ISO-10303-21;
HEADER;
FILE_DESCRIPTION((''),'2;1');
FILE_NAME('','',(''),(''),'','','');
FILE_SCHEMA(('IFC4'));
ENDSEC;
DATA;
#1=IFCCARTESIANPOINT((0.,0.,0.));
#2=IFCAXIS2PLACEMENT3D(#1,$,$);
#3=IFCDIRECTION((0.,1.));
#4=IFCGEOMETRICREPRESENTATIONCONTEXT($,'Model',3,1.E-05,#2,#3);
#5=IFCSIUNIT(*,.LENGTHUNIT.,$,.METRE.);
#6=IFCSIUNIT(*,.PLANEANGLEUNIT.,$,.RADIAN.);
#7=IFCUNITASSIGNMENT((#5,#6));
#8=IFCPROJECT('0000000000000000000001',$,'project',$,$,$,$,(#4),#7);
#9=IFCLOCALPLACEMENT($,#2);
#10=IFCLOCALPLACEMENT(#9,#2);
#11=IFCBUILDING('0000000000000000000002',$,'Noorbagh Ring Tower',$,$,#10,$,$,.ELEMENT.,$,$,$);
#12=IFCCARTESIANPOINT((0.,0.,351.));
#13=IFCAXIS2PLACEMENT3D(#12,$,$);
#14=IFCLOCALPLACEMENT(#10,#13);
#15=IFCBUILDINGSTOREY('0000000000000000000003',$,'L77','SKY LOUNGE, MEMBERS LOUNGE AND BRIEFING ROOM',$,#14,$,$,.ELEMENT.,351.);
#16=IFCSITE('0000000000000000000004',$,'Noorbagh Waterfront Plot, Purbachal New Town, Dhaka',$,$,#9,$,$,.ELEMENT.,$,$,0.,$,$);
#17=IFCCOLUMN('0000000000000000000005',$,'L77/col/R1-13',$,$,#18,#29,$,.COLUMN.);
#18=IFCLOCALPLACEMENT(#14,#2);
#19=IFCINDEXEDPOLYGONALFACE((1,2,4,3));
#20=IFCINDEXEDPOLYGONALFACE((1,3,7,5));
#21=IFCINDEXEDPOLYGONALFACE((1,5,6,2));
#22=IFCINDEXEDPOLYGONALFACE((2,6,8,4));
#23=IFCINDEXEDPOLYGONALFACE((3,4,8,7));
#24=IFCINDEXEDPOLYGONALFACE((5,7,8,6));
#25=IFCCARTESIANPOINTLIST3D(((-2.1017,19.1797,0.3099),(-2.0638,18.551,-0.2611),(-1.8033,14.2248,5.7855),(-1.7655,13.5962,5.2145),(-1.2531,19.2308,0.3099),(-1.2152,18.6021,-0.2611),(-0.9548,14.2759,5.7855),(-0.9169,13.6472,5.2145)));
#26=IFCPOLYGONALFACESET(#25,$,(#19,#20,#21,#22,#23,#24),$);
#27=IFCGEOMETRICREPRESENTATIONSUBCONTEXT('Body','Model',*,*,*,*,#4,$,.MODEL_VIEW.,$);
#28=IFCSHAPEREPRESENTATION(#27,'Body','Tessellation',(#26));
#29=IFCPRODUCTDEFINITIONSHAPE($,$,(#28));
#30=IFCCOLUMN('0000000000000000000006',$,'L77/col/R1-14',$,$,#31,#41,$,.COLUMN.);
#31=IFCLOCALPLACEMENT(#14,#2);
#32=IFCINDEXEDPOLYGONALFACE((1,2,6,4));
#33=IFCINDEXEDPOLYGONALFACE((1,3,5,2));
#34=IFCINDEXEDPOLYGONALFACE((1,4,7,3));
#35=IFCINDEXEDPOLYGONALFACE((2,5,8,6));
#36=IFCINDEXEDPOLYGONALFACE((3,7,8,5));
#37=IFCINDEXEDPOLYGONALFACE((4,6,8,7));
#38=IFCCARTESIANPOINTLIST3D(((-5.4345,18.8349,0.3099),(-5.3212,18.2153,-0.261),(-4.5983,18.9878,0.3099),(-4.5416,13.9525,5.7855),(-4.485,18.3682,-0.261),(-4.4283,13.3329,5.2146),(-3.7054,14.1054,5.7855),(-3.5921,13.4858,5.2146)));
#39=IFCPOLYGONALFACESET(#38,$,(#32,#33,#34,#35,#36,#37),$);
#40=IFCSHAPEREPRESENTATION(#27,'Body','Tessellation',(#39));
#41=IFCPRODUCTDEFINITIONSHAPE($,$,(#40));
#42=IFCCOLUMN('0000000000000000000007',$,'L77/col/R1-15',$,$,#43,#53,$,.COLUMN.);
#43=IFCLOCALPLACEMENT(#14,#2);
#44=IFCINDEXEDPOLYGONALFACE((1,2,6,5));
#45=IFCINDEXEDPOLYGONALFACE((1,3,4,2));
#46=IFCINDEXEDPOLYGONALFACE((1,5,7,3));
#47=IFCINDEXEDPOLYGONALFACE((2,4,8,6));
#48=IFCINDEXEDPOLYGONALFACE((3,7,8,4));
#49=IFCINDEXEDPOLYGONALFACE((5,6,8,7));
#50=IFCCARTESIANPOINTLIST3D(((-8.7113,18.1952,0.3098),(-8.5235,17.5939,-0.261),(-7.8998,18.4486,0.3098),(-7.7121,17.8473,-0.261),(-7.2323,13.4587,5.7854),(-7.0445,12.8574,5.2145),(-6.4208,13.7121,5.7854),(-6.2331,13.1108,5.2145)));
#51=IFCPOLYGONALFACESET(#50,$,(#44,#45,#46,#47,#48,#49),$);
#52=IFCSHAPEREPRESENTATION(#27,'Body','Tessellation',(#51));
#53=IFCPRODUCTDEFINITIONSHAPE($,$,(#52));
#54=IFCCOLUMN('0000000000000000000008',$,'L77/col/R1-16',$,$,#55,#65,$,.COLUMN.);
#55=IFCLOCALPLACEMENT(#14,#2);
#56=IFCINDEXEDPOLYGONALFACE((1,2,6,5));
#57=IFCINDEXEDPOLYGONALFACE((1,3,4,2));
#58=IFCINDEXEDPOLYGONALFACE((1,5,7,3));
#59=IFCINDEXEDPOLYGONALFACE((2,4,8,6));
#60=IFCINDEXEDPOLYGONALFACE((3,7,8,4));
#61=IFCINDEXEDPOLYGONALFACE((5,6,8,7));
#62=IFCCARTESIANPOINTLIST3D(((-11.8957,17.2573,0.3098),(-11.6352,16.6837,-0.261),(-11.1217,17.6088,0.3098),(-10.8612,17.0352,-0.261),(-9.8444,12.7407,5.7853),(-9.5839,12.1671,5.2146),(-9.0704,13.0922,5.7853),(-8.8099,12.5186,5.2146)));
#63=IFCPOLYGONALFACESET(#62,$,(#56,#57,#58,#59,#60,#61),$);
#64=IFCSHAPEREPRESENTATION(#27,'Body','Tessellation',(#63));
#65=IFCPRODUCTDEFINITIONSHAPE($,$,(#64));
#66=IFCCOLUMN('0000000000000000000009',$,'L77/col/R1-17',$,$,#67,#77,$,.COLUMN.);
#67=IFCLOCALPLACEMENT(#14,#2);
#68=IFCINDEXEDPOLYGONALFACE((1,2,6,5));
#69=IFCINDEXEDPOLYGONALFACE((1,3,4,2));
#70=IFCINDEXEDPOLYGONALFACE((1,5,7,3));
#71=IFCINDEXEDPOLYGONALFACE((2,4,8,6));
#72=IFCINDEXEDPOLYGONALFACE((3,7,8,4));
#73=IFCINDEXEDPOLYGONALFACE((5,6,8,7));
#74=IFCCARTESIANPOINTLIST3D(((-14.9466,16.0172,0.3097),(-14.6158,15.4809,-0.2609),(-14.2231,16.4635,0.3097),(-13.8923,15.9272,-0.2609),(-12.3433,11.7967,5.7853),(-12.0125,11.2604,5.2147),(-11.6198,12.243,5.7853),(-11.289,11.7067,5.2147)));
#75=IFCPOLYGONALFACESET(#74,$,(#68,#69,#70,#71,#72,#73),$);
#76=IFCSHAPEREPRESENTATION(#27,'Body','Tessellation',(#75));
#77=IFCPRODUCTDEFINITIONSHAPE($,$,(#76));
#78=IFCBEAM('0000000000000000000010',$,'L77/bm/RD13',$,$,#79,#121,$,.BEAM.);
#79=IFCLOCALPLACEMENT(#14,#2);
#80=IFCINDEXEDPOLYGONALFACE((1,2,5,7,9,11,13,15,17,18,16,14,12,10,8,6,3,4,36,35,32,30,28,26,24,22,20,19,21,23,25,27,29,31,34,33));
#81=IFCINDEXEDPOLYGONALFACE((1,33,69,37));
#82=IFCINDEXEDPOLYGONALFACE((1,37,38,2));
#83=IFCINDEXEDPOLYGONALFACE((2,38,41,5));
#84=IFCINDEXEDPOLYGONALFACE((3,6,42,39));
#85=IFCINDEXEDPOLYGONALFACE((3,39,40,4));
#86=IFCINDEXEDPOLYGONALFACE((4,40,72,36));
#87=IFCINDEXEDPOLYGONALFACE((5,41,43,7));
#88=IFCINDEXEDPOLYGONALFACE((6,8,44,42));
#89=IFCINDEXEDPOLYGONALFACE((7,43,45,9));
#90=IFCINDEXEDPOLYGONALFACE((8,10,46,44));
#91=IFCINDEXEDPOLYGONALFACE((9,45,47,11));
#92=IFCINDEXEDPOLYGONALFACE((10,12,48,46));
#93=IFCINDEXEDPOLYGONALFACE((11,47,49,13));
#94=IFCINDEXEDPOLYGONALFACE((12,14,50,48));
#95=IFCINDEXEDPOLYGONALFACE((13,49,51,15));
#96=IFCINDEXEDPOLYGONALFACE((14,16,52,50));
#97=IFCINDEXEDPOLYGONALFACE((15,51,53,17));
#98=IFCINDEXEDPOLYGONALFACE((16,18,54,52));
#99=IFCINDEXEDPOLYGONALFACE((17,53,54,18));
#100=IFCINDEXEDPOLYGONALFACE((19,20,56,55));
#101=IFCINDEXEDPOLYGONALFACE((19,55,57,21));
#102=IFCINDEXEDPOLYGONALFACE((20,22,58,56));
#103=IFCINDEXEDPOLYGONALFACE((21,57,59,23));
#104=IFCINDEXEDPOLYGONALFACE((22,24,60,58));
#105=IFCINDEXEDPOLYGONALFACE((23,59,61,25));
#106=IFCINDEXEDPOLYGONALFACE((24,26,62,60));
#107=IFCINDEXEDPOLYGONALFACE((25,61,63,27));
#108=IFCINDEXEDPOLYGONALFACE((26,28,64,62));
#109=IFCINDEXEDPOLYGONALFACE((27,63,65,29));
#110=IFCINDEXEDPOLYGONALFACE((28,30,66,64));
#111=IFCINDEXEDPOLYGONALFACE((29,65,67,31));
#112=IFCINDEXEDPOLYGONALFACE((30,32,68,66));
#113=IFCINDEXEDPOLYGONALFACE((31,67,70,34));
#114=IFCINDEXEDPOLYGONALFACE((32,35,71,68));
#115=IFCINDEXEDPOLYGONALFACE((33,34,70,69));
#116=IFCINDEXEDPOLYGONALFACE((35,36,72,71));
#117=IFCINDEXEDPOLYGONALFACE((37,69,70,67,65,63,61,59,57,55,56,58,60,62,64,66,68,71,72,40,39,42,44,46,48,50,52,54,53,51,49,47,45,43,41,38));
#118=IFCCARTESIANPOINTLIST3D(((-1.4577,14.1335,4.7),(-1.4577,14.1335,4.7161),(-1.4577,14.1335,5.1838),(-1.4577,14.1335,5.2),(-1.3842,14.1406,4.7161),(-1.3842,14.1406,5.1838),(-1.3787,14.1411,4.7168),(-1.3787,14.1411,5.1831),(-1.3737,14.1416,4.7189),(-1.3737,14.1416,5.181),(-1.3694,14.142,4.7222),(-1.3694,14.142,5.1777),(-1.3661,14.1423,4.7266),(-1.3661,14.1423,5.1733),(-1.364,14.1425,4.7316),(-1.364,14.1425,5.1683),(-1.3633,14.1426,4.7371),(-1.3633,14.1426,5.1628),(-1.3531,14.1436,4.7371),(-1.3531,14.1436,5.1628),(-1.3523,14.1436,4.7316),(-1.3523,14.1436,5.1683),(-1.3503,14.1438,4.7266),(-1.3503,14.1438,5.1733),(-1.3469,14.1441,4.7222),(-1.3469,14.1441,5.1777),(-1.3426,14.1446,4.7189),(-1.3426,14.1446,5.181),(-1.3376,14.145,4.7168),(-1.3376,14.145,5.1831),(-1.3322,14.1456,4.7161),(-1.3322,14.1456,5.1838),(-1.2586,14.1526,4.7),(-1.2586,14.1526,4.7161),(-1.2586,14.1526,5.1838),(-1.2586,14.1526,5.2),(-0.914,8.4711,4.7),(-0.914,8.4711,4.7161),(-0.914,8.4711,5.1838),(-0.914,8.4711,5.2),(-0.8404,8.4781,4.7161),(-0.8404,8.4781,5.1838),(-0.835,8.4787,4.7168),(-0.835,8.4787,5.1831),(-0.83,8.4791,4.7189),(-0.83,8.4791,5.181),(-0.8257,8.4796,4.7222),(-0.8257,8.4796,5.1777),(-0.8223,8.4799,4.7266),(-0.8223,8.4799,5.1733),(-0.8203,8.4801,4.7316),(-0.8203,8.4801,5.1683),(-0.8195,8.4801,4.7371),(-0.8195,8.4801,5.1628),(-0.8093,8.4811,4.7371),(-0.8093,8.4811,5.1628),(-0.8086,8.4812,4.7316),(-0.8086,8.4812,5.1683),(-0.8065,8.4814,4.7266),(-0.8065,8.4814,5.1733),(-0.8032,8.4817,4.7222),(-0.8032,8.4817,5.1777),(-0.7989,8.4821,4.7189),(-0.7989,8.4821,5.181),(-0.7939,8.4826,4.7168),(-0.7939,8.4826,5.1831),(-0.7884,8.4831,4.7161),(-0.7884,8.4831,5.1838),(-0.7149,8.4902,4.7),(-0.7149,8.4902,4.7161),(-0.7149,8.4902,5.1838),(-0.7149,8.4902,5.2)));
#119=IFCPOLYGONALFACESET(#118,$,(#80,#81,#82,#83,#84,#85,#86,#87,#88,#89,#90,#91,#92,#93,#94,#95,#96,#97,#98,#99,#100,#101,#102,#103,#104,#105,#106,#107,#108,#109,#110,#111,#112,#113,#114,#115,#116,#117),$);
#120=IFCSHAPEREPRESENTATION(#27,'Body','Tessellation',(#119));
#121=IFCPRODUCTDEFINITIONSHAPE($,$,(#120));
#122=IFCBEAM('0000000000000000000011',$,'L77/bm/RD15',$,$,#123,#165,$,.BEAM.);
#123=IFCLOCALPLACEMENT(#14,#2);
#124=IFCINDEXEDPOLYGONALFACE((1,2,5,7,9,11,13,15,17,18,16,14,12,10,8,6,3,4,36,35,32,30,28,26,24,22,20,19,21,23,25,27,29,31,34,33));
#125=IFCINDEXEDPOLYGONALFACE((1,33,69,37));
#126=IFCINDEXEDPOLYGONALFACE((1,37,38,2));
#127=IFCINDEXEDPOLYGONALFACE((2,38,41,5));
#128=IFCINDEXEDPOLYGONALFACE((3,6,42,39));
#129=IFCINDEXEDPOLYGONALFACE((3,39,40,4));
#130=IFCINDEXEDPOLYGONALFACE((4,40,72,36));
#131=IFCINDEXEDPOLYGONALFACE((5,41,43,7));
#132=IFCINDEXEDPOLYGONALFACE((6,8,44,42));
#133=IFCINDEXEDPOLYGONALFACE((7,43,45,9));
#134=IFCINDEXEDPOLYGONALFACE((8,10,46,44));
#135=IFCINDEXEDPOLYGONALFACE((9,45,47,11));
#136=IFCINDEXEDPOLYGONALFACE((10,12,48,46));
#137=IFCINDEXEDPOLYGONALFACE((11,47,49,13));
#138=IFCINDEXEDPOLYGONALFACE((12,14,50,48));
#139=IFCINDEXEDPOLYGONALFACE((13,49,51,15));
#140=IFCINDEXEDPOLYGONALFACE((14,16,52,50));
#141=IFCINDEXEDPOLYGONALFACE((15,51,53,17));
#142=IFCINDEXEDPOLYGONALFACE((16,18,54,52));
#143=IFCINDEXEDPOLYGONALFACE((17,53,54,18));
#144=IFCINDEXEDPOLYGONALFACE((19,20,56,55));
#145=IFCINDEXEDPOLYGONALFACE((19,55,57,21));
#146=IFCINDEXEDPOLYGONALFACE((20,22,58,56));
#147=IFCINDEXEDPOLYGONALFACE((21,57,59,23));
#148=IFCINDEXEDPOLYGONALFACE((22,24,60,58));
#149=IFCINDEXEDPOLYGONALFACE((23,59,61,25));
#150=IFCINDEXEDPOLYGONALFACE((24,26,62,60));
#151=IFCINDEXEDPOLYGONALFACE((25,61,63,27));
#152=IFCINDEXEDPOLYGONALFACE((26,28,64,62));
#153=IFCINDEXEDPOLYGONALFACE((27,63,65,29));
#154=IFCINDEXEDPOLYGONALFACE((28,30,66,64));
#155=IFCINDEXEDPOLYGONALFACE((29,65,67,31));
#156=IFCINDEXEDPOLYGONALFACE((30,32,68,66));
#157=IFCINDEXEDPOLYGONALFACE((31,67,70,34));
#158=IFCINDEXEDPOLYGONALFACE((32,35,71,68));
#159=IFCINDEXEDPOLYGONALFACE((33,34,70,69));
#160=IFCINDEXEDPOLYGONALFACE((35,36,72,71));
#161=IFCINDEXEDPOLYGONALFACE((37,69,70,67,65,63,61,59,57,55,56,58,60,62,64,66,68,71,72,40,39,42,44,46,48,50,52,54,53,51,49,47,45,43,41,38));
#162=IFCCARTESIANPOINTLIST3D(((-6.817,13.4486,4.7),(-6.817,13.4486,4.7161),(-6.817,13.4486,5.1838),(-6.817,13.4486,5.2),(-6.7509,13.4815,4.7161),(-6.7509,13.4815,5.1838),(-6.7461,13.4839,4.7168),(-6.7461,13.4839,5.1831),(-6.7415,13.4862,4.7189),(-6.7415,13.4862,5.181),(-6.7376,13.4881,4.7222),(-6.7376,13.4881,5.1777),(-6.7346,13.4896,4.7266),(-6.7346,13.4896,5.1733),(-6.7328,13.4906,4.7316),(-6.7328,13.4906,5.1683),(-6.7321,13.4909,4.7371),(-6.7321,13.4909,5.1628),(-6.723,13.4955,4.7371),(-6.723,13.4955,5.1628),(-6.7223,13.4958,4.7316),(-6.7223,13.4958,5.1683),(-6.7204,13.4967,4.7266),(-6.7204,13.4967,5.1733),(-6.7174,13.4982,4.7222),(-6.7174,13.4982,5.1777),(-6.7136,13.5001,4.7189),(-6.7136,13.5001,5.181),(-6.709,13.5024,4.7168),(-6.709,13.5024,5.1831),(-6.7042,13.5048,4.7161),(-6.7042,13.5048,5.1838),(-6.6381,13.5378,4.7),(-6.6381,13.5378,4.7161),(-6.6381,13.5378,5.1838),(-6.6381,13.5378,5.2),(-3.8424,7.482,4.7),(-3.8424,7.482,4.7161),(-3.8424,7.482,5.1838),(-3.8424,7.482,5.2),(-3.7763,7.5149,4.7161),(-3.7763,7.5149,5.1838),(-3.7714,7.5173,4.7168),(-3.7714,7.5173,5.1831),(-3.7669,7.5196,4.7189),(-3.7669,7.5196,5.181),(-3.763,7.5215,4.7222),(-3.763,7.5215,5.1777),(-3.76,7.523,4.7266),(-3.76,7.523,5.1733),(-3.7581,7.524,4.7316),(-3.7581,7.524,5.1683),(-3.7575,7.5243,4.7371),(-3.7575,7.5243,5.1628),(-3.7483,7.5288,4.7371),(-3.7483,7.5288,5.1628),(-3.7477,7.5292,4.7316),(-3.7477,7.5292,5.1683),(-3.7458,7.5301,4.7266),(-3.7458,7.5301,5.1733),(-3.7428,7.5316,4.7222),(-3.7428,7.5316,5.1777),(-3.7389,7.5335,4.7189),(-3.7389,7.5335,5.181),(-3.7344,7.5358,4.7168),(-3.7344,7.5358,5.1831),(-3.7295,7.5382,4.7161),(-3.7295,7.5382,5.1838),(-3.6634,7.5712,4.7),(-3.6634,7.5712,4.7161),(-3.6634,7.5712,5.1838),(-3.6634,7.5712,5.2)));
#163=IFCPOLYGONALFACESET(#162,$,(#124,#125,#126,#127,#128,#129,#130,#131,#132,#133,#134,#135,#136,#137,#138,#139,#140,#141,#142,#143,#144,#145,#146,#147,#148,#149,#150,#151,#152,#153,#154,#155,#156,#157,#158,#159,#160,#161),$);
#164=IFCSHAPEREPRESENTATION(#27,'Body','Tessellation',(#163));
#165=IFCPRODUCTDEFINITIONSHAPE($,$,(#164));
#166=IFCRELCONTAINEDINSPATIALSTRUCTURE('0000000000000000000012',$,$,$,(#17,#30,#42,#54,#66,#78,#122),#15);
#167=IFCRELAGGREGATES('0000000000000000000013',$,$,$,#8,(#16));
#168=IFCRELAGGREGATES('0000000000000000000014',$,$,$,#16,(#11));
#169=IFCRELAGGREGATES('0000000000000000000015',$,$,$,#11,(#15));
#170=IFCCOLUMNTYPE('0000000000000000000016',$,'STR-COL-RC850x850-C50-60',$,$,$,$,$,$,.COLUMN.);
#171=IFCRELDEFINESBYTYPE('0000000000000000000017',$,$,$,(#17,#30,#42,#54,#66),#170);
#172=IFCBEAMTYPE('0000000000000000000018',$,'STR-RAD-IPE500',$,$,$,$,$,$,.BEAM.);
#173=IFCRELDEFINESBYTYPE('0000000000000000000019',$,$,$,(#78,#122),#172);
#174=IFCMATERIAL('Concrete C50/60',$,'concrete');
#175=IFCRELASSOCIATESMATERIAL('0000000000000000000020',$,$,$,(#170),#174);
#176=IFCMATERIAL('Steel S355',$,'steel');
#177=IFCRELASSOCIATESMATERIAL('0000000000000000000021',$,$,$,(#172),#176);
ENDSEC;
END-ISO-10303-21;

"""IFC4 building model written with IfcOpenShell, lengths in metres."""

from ifc_helpers import new_model, si_unit, direction, frame, origin, origin_2d, place, context, subcontext, project, spatial, rectangle, i_section, extrude, material, material_profile, profile_set, type_object, element, save


model = new_model("IFC4")

# Units and contexts
model_context = context("Model", 3, precision=1e-05, world=origin(), true_north=direction((0.0, 1.0)))
body_context = subcontext(model_context, "Body", "Model", "MODEL_VIEW")
ifc_project = project(units=[si_unit("LENGTHUNIT", "METRE"), si_unit("PLANEANGLEUNIT", "RADIAN")], contexts=[model_context])

# Site, building, storey
site_placement = place(None, origin())
site = spatial("IfcSite", under=ifc_project, at=site_placement, Name="Noorbagh Waterfront Plot, Purbachal New Town, Dhaka", CompositionType="ELEMENT", RefElevation=0.0)
building_placement = place(site_placement, origin())
building = spatial("IfcBuilding", under=site, at=building_placement, Name="Noorbagh Ring Tower", CompositionType="ELEMENT")
storey_placement = place(building_placement, frame((0.0, 0.0, 351.0)))
storey = spatial("IfcBuildingStorey", under=building, at=storey_placement, Name="L77", Description="SKY LOUNGE, MEMBERS LOUNGE AND BRIEFING ROOM", CompositionType="ELEMENT", Elevation=351.0)

# Columns
ifc_material_1 = material(Name="Concrete C50/60", Category="concrete")
ifc_material_profile_1 = material_profile(ifc_material_1, rectangle(XDim=0.8501, YDim=0.8501, at=origin_2d()), Name="RC850x850")
ifc_profile_set_1 = profile_set([ifc_material_profile_1], Name="Concrete C50/60")
column_type = type_object("IfcColumnType", Name="STR-COL-RC850x850-C50-60", PredefinedType="COLUMN", material=ifc_profile_set_1)
column_1_placement = place(storey_placement, frame((-1.6584, 18.8909, 0.0244), z_axis=(0.040367, -0.670421, 0.740882), x_axis=(0.998192, 0.060103, 0.0)))
element("IfcColumn", 1, at=column_1_placement, inside=storey, type_object=column_type, Name="L77/col/R1-13", PredefinedType="COLUMN", context=body_context, shape_type="SweptSolid", body=[
    extrude(rectangle(XDim=0.8501, YDim=0.8501, at=origin_2d()), origin(), (0.0, 0.0, 1.0), 7.3906),
])
column_2_placement = place(storey_placement, frame((-4.9597, 18.6016, 0.0244), z_axis=(0.12081, -0.660641, 0.740917), x_axis=(0.983688, 0.179885, 0.0)))
element("IfcColumn", 2, at=column_2_placement, inside=storey, type_object=column_type, Name="L77/col/R1-14", PredefinedType="COLUMN", context=body_context, shape_type="SweptSolid", body=[
    extrude(rectangle(XDim=0.8501, YDim=0.8501, at=origin_2d()), origin(), (0.0, 0.0, 1.0), 7.3904),
])
column_3_placement = place(storey_placement, frame((-8.2117, 18.0212, 0.0244), z_axis=(0.20015, -0.640987, 0.740996), x_axis=(0.954547, 0.298059, 0.0)))
element("IfcColumn", 3, at=column_3_placement, inside=storey, type_object=column_type, Name="L77/col/R1-15", PredefinedType="COLUMN", context=body_context, shape_type="SweptSolid", body=[
    extrude(rectangle(XDim=0.8501, YDim=0.8501, at=origin_2d()), origin(), (0.0, 0.0, 1.0), 7.3894),
])
column_4_placement = place(storey_placement, frame((-11.3784, 17.1462, 0.0244), z_axis=(0.277631, -0.611304, 0.741099), x_axis=(0.910498, 0.413514, 0.0)))
element("IfcColumn", 4, at=column_4_placement, inside=storey, type_object=column_type, Name="L77/col/R1-16", PredefinedType="COLUMN", context=body_context, shape_type="SweptSolid", body=[
    extrude(rectangle(XDim=0.8501, YDim=0.8501, at=origin_2d()), origin(), (0.0, 0.0, 1.0), 7.3884),
])
column_5_placement = place(storey_placement, frame((-14.4194, 15.9722, 0.0244), z_axis=(0.352401, -0.571317, 0.741222), x_axis=(0.851112, 0.524984, 0.0)))
element("IfcColumn", 5, at=column_5_placement, inside=storey, type_object=column_type, Name="L77/col/R1-17", PredefinedType="COLUMN", context=body_context, shape_type="SweptSolid", body=[
    extrude(rectangle(XDim=0.8501, YDim=0.8501, at=origin_2d()), origin(), (0.0, 0.0, 1.0), 7.3872),
])

# Beams
ifc_material_2 = material(Name="Steel S355", Category="steel")
ifc_material_profile_2 = material_profile(ifc_material_2, i_section(OverallWidth=0.2, OverallDepth=0.5, WebThickness=0.0103, FlangeThickness=0.0161, FilletRadius=0.021, at=origin_2d()), Name="IPE500")
ifc_profile_set_2 = profile_set([ifc_material_profile_2], Name="Steel S355")
beam_type_1 = type_object("IfcBeamType", Name="STR-RAD-IPE500", PredefinedType="BEAM", material=ifc_profile_set_2)
beam_1_placement = place(storey_placement, frame((-1.3582, 14.1431, 4.95), z_axis=(0.095581, -0.995422, 0.0), x_axis=(0.995422, 0.095581, 0.0)))
element("IfcBeam", 6, at=beam_1_placement, inside=storey, type_object=beam_type_1, Name="L77/bm/RD13", PredefinedType="BEAM", context=body_context, shape_type="SweptSolid", body=[
    extrude(i_section(OverallWidth=0.2, OverallDepth=0.5, WebThickness=0.0103, FlangeThickness=0.0161, FilletRadius=0.021, at=origin_2d()), origin(), (0.0, 0.0, 1.0), 5.6885),
])
beam_2_placement = place(storey_placement, frame((-6.7275, 13.4932, 4.95), z_axis=(0.446173, -0.894947, 0.0), x_axis=(0.894947, 0.446173, 0.0)))
element("IfcBeam", 7, at=beam_2_placement, inside=storey, type_object=beam_type_1, Name="L77/bm/RD15", PredefinedType="BEAM", context=body_context, shape_type="SweptSolid", body=[
    extrude(i_section(OverallWidth=0.2, OverallDepth=0.5, WebThickness=0.0103, FlangeThickness=0.0161, FilletRadius=0.021, at=origin_2d()), origin(), (0.0, 0.0, 1.0), 6.667),
])

save(model, "model.ifc")
